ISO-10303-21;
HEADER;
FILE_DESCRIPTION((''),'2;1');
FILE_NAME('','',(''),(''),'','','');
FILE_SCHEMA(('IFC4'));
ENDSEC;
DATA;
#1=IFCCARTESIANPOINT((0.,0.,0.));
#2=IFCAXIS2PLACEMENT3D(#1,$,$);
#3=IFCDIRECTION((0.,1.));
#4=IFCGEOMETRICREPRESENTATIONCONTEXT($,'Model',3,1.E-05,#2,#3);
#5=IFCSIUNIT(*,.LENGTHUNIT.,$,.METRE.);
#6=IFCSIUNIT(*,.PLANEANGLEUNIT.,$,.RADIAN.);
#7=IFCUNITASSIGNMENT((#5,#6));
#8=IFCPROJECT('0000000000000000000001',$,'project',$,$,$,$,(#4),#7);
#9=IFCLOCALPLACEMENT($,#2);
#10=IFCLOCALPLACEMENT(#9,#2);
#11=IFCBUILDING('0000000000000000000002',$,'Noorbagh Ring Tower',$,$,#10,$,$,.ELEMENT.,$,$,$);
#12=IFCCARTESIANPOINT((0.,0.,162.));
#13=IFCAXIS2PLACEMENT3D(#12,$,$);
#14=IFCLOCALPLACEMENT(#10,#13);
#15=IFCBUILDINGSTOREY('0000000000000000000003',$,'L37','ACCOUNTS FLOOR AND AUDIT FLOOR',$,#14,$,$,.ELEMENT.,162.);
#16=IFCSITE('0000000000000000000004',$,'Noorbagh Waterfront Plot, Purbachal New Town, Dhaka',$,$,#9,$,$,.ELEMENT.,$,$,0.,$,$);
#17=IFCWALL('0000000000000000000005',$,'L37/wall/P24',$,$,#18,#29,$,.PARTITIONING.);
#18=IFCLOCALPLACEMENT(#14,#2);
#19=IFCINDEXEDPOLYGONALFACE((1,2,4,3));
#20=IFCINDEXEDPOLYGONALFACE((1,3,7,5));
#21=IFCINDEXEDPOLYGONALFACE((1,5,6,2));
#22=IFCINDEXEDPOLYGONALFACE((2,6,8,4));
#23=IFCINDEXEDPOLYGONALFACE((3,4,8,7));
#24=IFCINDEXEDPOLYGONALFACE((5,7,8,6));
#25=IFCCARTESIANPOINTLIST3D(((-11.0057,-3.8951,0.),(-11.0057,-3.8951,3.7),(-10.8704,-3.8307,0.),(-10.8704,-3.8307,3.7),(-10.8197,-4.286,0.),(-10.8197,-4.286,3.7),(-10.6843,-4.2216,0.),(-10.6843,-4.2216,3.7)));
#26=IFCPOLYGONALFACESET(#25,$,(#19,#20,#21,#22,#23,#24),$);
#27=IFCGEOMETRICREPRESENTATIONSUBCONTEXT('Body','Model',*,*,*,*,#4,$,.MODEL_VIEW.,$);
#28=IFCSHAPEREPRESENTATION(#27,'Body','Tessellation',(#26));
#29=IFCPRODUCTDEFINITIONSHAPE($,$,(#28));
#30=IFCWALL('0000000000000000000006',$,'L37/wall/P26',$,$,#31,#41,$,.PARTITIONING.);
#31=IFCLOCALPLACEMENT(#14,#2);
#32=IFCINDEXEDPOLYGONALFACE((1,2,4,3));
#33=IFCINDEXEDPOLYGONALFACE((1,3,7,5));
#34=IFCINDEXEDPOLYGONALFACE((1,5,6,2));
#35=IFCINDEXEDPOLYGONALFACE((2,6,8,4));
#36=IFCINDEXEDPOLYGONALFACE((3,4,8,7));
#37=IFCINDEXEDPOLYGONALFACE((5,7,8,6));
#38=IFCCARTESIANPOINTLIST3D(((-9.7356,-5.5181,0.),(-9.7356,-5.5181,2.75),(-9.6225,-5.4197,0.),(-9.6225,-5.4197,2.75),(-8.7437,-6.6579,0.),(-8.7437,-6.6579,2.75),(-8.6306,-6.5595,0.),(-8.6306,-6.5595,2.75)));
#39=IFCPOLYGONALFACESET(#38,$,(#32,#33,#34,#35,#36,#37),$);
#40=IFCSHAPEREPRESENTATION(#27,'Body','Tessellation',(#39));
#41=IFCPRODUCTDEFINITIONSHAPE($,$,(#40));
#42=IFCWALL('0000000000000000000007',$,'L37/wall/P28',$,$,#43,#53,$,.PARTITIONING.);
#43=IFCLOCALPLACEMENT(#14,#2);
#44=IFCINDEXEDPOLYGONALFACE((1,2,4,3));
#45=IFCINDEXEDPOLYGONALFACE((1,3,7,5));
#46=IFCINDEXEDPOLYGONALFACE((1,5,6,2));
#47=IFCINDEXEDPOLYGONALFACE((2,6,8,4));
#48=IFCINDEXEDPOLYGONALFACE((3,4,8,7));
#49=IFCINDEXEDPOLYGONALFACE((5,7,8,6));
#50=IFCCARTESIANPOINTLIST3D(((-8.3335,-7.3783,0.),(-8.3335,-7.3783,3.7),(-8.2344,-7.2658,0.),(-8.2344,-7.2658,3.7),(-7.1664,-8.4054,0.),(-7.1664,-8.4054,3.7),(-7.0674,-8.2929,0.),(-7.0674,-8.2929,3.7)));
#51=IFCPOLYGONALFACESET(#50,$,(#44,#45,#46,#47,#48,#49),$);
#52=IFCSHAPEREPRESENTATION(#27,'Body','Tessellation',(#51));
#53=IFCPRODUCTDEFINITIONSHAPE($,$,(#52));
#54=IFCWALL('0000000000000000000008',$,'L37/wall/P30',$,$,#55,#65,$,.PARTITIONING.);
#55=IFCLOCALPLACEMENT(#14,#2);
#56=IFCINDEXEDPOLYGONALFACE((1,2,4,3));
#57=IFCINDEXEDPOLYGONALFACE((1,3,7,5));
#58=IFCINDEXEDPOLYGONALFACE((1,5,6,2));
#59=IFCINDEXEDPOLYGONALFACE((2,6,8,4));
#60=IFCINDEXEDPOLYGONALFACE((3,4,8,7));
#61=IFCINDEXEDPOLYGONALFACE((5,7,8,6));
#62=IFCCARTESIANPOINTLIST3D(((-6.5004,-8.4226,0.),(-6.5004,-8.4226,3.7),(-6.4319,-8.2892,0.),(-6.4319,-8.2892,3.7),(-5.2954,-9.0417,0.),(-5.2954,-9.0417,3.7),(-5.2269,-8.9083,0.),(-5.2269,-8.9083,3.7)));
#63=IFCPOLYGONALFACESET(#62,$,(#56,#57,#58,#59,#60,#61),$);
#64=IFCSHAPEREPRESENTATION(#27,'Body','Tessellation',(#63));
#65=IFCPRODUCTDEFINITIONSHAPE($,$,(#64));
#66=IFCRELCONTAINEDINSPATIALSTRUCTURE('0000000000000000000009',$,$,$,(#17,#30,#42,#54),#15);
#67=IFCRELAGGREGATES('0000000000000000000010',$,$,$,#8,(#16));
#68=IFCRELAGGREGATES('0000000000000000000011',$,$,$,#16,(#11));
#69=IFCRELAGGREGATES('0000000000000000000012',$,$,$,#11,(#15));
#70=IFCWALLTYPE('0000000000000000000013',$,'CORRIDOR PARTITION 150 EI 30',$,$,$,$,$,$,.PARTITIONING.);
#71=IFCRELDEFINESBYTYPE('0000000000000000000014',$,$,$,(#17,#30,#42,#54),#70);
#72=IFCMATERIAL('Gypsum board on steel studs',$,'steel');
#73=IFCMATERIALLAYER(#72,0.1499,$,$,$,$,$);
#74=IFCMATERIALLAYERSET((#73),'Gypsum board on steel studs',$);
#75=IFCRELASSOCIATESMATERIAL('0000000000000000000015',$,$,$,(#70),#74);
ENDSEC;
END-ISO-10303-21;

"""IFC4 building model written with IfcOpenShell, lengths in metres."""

from ifc_helpers import new_model, si_unit, direction, frame, frame_2d, origin, place, context, subcontext, project, spatial, rectangle, extrude, material, layer, layer_set, type_object, element, save


model = new_model("IFC4")

# Units and contexts
model_context = context("Model", 3, precision=1e-05, world=origin(), true_north=direction((0.0, 1.0)))
body_context = subcontext(model_context, "Body", "Model", "MODEL_VIEW")
ifc_project = project(units=[si_unit("LENGTHUNIT", "METRE"), si_unit("PLANEANGLEUNIT", "RADIAN")], contexts=[model_context])

# Site, building, storey
site_placement = place(None, origin())
site = spatial("IfcSite", under=ifc_project, at=site_placement, Name="Noorbagh Waterfront Plot, Purbachal New Town, Dhaka", CompositionType="ELEMENT", RefElevation=0.0)
building_placement = place(site_placement, origin())
building = spatial("IfcBuilding", under=site, at=building_placement, Name="Noorbagh Ring Tower", CompositionType="ELEMENT")
storey_placement = place(building_placement, frame((0.0, 0.0, 162.0)))
storey = spatial("IfcBuildingStorey", under=building, at=storey_placement, Name="L37", Description="ACCOUNTS FLOOR AND AUDIT FLOOR", CompositionType="ELEMENT", Elevation=162.0)

# Shared definitions
ifc_material_1 = material(Name="Gypsum board on steel studs", Category="steel")
ifc_layer_1 = layer(ifc_material_1, 0.1499)
ifc_layer_set_1 = layer_set([ifc_layer_1], Name="Gypsum board on steel studs")
wall_type_1 = type_object("IfcWallType", Name="CORRIDOR PARTITION 150 EI 30", PredefinedType="PARTITIONING", material=ifc_layer_set_1)

# Walls
wall_1_placement = place(storey_placement, frame((-10.938, -3.863, 0.0), z_axis=(0.0, 0.0, 1.0), x_axis=(0.429758, -0.902944, 0.0)))
element("IfcWall", 1, at=wall_1_placement, inside=storey, type_object=wall_type_1, Name="L37/wall/P24", PredefinedType="PARTITIONING", context=body_context, shape_type="SweptSolid", body=[
    extrude(rectangle(XDim=0.4329, YDim=0.1499, at=frame_2d((0.2163, 0.0))), origin(), (0.0, 0.0, 1.0), 3.7),
])
wall_2_placement = place(storey_placement, frame((-9.679, -5.469, 0.0), z_axis=(0.0, 0.0, 1.0), x_axis=(0.656455, -0.754365, 0.0)))
element("IfcWall", 2, at=wall_2_placement, inside=storey, type_object=wall_type_1, Name="L37/wall/P26", PredefinedType="PARTITIONING", context=body_context, shape_type="SweptSolid", body=[
    extrude(rectangle(XDim=1.511, YDim=0.1499, at=frame_2d((0.7554, 0.0))), origin(), (0.0, 0.0, 1.0), 2.75),
])
wall_3_placement = place(storey_placement, frame((-8.2839, -7.322, 0.0), z_axis=(0.0, 0.0, 1.0), x_axis=(0.750667, -0.660681, 0.0)))
element("IfcWall", 3, at=wall_3_placement, inside=storey, type_object=wall_type_1, Name="L37/wall/P28", PredefinedType="PARTITIONING", context=body_context, shape_type="SweptSolid", body=[
    extrude(rectangle(XDim=1.5547, YDim=0.1499, at=frame_2d((0.7773, 0.0))), origin(), (0.0, 0.0, 1.0), 3.7),
])
wall_4_placement = place(storey_placement, frame((-6.4661, -8.356, 0.0), z_axis=(0.0, 0.0, 1.0), x_axis=(0.889472, -0.45699, 0.0)))
element("IfcWall", 4, at=wall_4_placement, inside=storey, type_object=wall_type_1, Name="L37/wall/P30", PredefinedType="PARTITIONING", context=body_context, shape_type="SweptSolid", body=[
    extrude(rectangle(XDim=1.3547, YDim=0.1499, at=frame_2d((0.6772, 0.0))), origin(), (0.0, 0.0, 1.0), 3.7),
])

save(model, "model.ifc")
